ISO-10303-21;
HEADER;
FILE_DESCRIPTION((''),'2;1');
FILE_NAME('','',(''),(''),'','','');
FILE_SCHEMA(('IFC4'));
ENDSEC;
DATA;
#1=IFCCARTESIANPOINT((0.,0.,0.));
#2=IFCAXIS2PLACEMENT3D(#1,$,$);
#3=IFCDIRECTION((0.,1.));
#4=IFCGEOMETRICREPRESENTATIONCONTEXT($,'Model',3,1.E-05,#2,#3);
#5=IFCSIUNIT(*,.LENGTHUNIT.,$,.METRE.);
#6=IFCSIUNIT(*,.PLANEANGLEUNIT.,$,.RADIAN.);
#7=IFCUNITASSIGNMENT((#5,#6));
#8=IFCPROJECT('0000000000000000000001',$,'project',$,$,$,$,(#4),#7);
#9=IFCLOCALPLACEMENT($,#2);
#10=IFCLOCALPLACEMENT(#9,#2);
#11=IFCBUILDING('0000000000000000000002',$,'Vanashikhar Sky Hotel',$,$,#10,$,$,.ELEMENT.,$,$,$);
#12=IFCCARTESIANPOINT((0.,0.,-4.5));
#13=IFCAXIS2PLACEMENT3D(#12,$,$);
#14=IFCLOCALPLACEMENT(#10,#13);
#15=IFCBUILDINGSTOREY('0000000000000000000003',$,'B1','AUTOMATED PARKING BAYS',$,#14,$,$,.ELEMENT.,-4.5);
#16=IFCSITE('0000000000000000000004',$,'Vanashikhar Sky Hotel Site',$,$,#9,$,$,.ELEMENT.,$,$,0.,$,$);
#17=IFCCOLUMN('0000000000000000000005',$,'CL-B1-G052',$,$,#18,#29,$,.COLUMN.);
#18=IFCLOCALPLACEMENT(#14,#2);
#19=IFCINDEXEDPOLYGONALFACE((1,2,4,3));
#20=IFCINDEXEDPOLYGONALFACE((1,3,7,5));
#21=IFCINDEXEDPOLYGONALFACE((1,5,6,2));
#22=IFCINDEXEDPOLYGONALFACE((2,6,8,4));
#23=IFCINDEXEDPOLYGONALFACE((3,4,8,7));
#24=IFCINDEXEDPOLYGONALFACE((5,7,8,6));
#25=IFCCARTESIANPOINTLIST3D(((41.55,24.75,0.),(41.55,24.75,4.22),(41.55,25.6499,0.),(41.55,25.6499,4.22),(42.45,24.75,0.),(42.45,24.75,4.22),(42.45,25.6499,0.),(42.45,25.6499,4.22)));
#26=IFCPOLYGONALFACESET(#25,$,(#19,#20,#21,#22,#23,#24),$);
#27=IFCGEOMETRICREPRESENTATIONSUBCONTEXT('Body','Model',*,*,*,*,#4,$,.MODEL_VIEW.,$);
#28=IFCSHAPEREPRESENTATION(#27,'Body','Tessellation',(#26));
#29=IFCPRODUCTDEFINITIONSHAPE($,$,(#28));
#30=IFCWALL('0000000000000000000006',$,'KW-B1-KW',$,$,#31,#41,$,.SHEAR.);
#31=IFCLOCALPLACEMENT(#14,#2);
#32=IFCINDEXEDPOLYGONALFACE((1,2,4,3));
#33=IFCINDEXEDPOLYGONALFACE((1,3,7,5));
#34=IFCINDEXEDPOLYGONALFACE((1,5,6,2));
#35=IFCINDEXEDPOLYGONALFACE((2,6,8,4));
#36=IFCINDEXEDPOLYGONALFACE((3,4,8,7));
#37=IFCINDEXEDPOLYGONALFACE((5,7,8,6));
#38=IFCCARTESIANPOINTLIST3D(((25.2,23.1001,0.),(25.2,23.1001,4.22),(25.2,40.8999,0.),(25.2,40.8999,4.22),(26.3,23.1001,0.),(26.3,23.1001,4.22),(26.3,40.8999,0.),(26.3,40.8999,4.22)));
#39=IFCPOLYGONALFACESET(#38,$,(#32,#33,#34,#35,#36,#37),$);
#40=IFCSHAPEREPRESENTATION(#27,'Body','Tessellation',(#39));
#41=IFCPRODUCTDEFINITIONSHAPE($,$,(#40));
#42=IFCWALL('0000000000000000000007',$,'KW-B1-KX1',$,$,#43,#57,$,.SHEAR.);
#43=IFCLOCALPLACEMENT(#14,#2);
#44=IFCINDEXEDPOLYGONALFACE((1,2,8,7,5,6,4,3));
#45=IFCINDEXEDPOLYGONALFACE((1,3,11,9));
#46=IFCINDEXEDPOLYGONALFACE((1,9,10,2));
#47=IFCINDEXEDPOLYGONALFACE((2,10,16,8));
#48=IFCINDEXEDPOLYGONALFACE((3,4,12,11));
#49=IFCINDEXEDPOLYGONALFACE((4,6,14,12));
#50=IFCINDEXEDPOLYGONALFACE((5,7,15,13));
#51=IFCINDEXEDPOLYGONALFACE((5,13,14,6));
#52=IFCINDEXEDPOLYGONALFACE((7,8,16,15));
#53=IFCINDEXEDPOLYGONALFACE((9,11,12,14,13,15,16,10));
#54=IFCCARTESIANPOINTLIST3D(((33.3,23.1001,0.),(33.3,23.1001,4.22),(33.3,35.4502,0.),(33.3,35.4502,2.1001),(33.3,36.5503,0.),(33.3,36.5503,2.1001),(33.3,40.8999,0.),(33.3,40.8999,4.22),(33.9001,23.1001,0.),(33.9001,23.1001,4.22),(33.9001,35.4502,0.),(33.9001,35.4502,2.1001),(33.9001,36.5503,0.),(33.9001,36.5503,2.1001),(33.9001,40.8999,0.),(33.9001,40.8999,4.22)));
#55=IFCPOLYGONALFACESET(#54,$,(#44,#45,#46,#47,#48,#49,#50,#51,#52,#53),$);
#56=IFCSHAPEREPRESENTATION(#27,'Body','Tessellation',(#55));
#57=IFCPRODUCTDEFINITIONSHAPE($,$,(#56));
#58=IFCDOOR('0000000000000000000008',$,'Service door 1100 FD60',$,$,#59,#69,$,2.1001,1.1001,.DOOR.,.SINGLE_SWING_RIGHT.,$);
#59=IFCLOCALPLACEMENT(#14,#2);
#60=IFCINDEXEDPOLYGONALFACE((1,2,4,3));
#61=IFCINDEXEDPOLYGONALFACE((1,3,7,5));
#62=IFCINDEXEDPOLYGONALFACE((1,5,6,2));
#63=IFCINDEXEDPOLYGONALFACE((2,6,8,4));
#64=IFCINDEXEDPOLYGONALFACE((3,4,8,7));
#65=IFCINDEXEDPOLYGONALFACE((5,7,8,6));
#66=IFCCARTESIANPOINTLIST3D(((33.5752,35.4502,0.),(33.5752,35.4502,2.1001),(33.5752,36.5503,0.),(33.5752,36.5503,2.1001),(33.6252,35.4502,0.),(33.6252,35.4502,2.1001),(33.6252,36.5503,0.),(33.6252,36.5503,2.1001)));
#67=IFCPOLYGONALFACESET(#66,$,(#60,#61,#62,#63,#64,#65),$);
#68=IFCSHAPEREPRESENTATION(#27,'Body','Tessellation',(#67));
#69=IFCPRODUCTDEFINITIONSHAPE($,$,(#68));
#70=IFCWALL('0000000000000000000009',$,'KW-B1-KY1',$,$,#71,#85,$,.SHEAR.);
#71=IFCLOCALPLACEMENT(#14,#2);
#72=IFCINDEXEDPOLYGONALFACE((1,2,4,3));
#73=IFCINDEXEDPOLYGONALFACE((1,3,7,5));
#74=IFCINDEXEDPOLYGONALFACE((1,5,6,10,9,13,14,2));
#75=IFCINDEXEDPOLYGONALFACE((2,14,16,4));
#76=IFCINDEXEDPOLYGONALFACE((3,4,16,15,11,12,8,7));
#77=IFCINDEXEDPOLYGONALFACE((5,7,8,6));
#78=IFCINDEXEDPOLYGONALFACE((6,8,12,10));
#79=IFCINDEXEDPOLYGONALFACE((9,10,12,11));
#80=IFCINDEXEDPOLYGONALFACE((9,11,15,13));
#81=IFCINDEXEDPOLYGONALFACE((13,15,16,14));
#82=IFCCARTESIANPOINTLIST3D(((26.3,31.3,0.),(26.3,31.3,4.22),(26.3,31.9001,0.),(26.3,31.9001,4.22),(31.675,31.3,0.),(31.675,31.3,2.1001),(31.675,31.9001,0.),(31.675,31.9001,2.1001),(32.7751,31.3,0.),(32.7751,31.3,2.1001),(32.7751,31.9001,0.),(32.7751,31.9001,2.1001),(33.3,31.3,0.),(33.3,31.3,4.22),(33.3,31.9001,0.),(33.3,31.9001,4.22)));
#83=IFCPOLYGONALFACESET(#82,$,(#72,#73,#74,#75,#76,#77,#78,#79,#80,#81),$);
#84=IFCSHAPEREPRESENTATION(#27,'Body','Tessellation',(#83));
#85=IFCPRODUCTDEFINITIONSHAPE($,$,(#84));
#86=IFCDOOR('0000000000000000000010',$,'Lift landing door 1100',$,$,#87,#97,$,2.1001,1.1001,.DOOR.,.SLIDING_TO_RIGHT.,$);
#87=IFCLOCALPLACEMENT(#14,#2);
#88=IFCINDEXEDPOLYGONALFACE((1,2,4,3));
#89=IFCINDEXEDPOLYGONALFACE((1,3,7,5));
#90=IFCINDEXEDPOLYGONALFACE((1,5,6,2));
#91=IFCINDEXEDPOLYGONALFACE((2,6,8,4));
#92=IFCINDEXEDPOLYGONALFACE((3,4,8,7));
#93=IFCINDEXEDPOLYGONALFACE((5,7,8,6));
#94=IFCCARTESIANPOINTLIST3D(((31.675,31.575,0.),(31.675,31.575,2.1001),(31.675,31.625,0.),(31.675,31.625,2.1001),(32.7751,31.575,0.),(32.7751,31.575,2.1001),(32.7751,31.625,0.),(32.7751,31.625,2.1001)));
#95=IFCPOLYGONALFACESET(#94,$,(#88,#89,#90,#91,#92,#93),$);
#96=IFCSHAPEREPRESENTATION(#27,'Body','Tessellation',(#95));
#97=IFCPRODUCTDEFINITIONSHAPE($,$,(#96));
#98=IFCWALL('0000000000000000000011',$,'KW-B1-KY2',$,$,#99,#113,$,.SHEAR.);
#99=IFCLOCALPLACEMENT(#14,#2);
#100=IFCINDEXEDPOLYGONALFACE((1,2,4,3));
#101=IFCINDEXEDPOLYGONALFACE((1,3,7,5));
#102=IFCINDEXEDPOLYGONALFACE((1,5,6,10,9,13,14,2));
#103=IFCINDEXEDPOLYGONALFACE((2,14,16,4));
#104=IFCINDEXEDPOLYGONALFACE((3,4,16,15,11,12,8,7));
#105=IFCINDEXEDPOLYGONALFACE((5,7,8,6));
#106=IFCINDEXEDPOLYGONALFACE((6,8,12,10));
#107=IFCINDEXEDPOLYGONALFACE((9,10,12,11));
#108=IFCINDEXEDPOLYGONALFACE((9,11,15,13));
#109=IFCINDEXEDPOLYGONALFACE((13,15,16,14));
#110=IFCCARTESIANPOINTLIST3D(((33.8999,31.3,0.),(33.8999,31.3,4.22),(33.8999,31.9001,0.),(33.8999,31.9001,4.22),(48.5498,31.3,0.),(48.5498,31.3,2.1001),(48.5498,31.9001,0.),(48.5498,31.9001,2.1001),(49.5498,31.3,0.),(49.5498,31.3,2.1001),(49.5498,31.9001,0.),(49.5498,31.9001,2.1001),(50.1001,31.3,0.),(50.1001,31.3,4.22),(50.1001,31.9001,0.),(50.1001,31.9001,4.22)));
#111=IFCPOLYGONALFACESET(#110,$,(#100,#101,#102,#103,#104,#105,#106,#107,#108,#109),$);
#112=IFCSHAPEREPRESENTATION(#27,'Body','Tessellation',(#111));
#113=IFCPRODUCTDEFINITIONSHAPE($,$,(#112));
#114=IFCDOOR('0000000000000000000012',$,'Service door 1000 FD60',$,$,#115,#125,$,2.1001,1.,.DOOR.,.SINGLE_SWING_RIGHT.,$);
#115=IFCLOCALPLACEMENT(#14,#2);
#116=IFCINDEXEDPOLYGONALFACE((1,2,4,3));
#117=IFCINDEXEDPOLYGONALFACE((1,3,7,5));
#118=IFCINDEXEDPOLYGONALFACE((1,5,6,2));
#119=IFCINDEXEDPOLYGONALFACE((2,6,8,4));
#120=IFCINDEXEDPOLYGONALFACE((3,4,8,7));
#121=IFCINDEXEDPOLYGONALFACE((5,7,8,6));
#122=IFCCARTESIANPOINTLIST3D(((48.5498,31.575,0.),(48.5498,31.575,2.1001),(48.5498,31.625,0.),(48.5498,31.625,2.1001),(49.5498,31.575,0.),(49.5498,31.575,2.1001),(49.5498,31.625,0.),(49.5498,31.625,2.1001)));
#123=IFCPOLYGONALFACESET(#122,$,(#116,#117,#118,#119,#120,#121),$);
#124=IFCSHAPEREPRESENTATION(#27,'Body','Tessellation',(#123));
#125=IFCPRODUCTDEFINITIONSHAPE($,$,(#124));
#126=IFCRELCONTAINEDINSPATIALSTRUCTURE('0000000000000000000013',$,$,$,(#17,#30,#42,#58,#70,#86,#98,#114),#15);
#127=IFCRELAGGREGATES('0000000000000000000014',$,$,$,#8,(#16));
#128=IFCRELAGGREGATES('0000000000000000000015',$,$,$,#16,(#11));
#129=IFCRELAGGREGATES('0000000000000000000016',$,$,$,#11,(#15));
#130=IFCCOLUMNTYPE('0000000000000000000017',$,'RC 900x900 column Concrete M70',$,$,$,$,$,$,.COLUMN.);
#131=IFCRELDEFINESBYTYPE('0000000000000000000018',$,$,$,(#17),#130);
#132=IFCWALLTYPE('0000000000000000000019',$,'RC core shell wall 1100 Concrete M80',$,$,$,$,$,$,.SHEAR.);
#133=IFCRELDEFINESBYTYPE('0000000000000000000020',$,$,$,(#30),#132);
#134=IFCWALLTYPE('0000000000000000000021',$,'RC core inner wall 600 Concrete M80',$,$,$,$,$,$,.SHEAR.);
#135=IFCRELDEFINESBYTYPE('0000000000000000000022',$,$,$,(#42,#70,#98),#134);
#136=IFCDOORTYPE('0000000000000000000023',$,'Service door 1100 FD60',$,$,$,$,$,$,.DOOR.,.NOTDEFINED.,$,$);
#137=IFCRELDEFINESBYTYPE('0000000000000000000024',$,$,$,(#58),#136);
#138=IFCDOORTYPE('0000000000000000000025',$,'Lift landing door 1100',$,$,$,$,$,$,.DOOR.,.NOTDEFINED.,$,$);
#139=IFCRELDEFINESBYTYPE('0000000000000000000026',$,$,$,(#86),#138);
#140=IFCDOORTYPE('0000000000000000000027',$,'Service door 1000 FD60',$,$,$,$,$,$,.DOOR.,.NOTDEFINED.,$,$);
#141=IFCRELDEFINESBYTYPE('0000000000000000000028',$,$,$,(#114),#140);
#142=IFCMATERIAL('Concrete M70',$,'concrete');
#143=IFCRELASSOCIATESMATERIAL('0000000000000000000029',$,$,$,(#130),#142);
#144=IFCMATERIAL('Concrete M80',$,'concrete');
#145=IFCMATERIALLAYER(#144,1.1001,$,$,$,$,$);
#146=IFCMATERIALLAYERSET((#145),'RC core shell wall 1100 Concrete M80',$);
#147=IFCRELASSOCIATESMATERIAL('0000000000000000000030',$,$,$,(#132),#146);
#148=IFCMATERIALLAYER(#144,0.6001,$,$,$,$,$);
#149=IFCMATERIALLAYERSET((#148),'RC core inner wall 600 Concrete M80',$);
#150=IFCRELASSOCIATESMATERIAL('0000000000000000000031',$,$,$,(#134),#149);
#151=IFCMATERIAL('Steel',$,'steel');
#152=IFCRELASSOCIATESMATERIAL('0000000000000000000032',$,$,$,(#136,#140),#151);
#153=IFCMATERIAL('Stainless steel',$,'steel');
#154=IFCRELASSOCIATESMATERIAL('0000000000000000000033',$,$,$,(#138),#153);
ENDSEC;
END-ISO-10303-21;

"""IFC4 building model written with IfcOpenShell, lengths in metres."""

from ifc_helpers import new_model, si_unit, direction, frame, frame_2d, origin, origin_2d, place, context, subcontext, project, spatial, rectangle, extrude, source, transform, mapped, material, layer, layer_set, material_profile, profile_set, type_object, element, fill, save


model = new_model("IFC4")

# Units and contexts
model_context = context("Model", 3, precision=1e-05, world=origin(), true_north=direction((0.0, 1.0)))
body_context = subcontext(model_context, "Body", "Model", "MODEL_VIEW")
ifc_project = project(units=[si_unit("LENGTHUNIT", "METRE"), si_unit("PLANEANGLEUNIT", "RADIAN")], contexts=[model_context])

# Site, building, storey
site_placement = place(None, origin())
site = spatial("IfcSite", under=ifc_project, at=site_placement, Name="Vanashikhar Sky Hotel Site", CompositionType="ELEMENT", RefElevation=0.0)
building_placement = place(site_placement, origin())
building = spatial("IfcBuilding", under=site, at=building_placement, Name="Vanashikhar Sky Hotel", CompositionType="ELEMENT")
storey_placement = place(building_placement, frame((0.0, 0.0, -4.5)))
storey = spatial("IfcBuildingStorey", under=building, at=storey_placement, Name="B1", Description="AUTOMATED PARKING BAYS", CompositionType="ELEMENT", Elevation=-4.5)

# Column
ifc_material_1 = material(Name="Concrete M70", Category="concrete")
ifc_material_profile = material_profile(ifc_material_1, rectangle(XDim=0.8999, YDim=0.8999, at=origin_2d()))
ifc_profile_set = profile_set([ifc_material_profile], Name="RC 900x900 column Concrete M70")
column_type = type_object("IfcColumnType", Name="RC 900x900 column Concrete M70", PredefinedType="COLUMN", material=ifc_profile_set)
shared_shape_1 = source(origin(), body_context, "Body", "SweptSolid", [
    extrude(rectangle(XDim=0.8999, YDim=0.8999, at=origin_2d()), origin(), (0.0, 0.0, 1.0), 4.22),
])
column_placement = place(storey_placement, frame((42.0, 25.2, 0.0), z_axis=(0.0, 0.0, 1.0), x_axis=(1.0, 0.0, 0.0)))
element("IfcColumn", 1, at=column_placement, inside=storey, type_object=column_type, Name="CL-B1-G052", PredefinedType="COLUMN", context=body_context, shape_type="MappedRepresentation", body=[
    mapped(shared_shape_1, transform((0.0, 0.0, 0.0), scale=1.0)),
])

# Wall
ifc_material_2 = material(Name="Concrete M80", Category="concrete")
ifc_layer_1 = layer(ifc_material_2, 1.1001)
ifc_layer_set_1 = layer_set([ifc_layer_1], Name="RC core shell wall 1100 Concrete M80")
wall_type_1 = type_object("IfcWallType", Name="RC core shell wall 1100 Concrete M80", PredefinedType="SHEAR", material=ifc_layer_set_1)
shared_shape_2 = source(origin(), body_context, "Body", "SweptSolid", [
    extrude(rectangle(XDim=17.7998, YDim=1.1001, at=frame_2d((8.8999, 0.0))), origin(), (0.0, 0.0, 1.0), 4.22),
])
wall_1_placement = place(storey_placement, frame((25.75, 23.1001, 0.0), z_axis=(0.0, 0.0, 1.0), x_axis=(0.0, 1.0, 0.0)))
element("IfcWall", 2, at=wall_1_placement, inside=storey, type_object=wall_type_1, Name="KW-B1-KW", PredefinedType="SHEAR", context=body_context, shape_type="MappedRepresentation", body=[
    mapped(shared_shape_2, transform((0.0, 0.0, 0.0), scale=1.0)),
])

# Walls, openings, doors
ifc_layer_2 = layer(ifc_material_2, 0.6001)
ifc_layer_set_2 = layer_set([ifc_layer_2], Name="RC core inner wall 600 Concrete M80")
wall_type_2 = type_object("IfcWallType", Name="RC core inner wall 600 Concrete M80", PredefinedType="SHEAR", material=ifc_layer_set_2)
shared_shape_3 = source(origin(), body_context, "Body", "SweptSolid", [
    extrude(rectangle(XDim=17.7998, YDim=0.6001, at=frame_2d((8.8999, 0.0))), origin(), (0.0, 0.0, 1.0), 4.22),
])
wall_2_placement = place(storey_placement, frame((33.6001, 23.1001, 0.0), z_axis=(0.0, 0.0, 1.0), x_axis=(0.0, 1.0, 0.0)))
wall_2 = element("IfcWall", 3, at=wall_2_placement, inside=storey, type_object=wall_type_2, Name="KW-B1-KX1", PredefinedType="SHEAR", context=body_context, shape_type="MappedRepresentation", body=[
    mapped(shared_shape_3, transform((0.0, 0.0, 0.0), scale=1.0)),
])
shared_shape_4 = source(origin(), body_context, "Body", "SweptSolid", [
    extrude(rectangle(XDim=1.1001, YDim=2.1001, at=frame_2d((0.55, 1.05))), frame((0.0, 0.3101, 0.0), z_axis=(0.0, -1.0, 0.0), x_axis=(1.0, 0.0, 0.0)), (0.0, 0.0, 1.0), 0.6201),
])
opening_1_placement = place(wall_2_placement, frame((12.3501, 0.0, 0.0)))
opening_1 = element("IfcOpeningElement", 4, at=opening_1_placement, cuts=wall_2, PredefinedType="OPENING", context=body_context, shape_type="MappedRepresentation", body=[
    mapped(shared_shape_4, transform((0.0, 0.0, 0.0), scale=1.0)),
])
ifc_material_3 = material(Name="Steel", Category="steel")
door_type_1 = type_object("IfcDoorType", Name="Service door 1100 FD60", OperationType="NOTDEFINED", PredefinedType="DOOR", material=ifc_material_3)
shared_shape_5 = source(origin(), body_context, "Body", "SweptSolid", [
    extrude(rectangle(XDim=1.1001, YDim=2.1001, at=frame_2d((0.55, 1.05))), frame((0.0, 0.0249, 0.0), z_axis=(0.0, -1.0, 0.0), x_axis=(1.0, 0.0, 0.0)), (0.0, 0.0, 1.0), 0.05),
])
door_1_placement = place(opening_1_placement, origin())
door_1 = element("IfcDoor", 5, at=door_1_placement, inside=storey, type_object=door_type_1, Name="Service door 1100 FD60", OperationType="SINGLE_SWING_RIGHT", OverallHeight=2.1001, OverallWidth=1.1001, PredefinedType="DOOR", context=body_context, shape_type="MappedRepresentation", body=[
    mapped(shared_shape_5, transform((0.0, 0.0, 0.0), scale=1.0)),
])
fill(opening_1, door_1)
shared_shape_6 = source(origin(), body_context, "Body", "SweptSolid", [
    extrude(rectangle(XDim=7.0, YDim=0.6001, at=frame_2d((3.5, 0.0))), origin(), (0.0, 0.0, 1.0), 4.22),
])
wall_3_placement = place(storey_placement, frame((26.3, 31.6001, 0.0), z_axis=(0.0, 0.0, 1.0), x_axis=(1.0, 0.0, 0.0)))
wall_3 = element("IfcWall", 6, at=wall_3_placement, inside=storey, type_object=wall_type_2, Name="KW-B1-KY1", PredefinedType="SHEAR", context=body_context, shape_type="MappedRepresentation", body=[
    mapped(shared_shape_6, transform((0.0, 0.0, 0.0), scale=1.0)),
])
opening_2_placement = place(wall_3_placement, frame((5.375, 0.0, 0.0)))
opening_2 = element("IfcOpeningElement", 7, at=opening_2_placement, cuts=wall_3, PredefinedType="OPENING", context=body_context, shape_type="MappedRepresentation", body=[
    mapped(shared_shape_4, transform((0.0, 0.0, 0.0), scale=1.0)),
])
ifc_material_4 = material(Name="Stainless steel", Category="steel")
door_type_2 = type_object("IfcDoorType", Name="Lift landing door 1100", OperationType="NOTDEFINED", PredefinedType="DOOR", material=ifc_material_4)
door_2_placement = place(opening_2_placement, origin())
door_2 = element("IfcDoor", 8, at=door_2_placement, inside=storey, type_object=door_type_2, Name="Lift landing door 1100", OperationType="SLIDING_TO_RIGHT", OverallHeight=2.1001, OverallWidth=1.1001, PredefinedType="DOOR", context=body_context, shape_type="MappedRepresentation", body=[
    mapped(shared_shape_5, transform((0.0, 0.0, 0.0), scale=1.0)),
])
fill(opening_2, door_2)
shared_shape_7 = source(origin(), body_context, "Body", "SweptSolid", [
    extrude(rectangle(XDim=16.2002, YDim=0.6001, at=frame_2d((8.1001, 0.0))), origin(), (0.0, 0.0, 1.0), 4.22),
])
wall_4_placement = place(storey_placement, frame((33.8999, 31.6001, 0.0), z_axis=(0.0, 0.0, 1.0), x_axis=(1.0, 0.0, 0.0)))
wall_4 = element("IfcWall", 9, at=wall_4_placement, inside=storey, type_object=wall_type_2, Name="KW-B1-KY2", PredefinedType="SHEAR", context=body_context, shape_type="MappedRepresentation", body=[
    mapped(shared_shape_7, transform((0.0, 0.0, 0.0), scale=1.0)),
])
shared_shape_8 = source(origin(), body_context, "Body", "SweptSolid", [
    extrude(rectangle(XDim=1.0, YDim=2.1001, at=frame_2d((0.5, 1.05))), frame((0.0, 0.3101, 0.0), z_axis=(0.0, -1.0, 0.0), x_axis=(1.0, 0.0, 0.0)), (0.0, 0.0, 1.0), 0.6201),
])
opening_3_placement = place(wall_4_placement, frame((14.6499, 0.0, 0.0)))
opening_3 = element("IfcOpeningElement", 10, at=opening_3_placement, cuts=wall_4, PredefinedType="OPENING", context=body_context, shape_type="MappedRepresentation", body=[
    mapped(shared_shape_8, transform((0.0, 0.0, 0.0), scale=1.0)),
])
door_type_3 = type_object("IfcDoorType", Name="Service door 1000 FD60", OperationType="NOTDEFINED", PredefinedType="DOOR", material=ifc_material_3)
shared_shape_9 = source(origin(), body_context, "Body", "SweptSolid", [
    extrude(rectangle(XDim=1.0, YDim=2.1001, at=frame_2d((0.5, 1.05))), frame((0.0, 0.0249, 0.0), z_axis=(0.0, -1.0, 0.0), x_axis=(1.0, 0.0, 0.0)), (0.0, 0.0, 1.0), 0.05),
])
door_3_placement = place(opening_3_placement, origin())
door_3 = element("IfcDoor", 11, at=door_3_placement, inside=storey, type_object=door_type_3, Name="Service door 1000 FD60", OperationType="SINGLE_SWING_RIGHT", OverallHeight=2.1001, OverallWidth=1.0, PredefinedType="DOOR", context=body_context, shape_type="MappedRepresentation", body=[
    mapped(shared_shape_9, transform((0.0, 0.0, 0.0), scale=1.0)),
])
fill(opening_3, door_3)

save(model, "model.ifc")
